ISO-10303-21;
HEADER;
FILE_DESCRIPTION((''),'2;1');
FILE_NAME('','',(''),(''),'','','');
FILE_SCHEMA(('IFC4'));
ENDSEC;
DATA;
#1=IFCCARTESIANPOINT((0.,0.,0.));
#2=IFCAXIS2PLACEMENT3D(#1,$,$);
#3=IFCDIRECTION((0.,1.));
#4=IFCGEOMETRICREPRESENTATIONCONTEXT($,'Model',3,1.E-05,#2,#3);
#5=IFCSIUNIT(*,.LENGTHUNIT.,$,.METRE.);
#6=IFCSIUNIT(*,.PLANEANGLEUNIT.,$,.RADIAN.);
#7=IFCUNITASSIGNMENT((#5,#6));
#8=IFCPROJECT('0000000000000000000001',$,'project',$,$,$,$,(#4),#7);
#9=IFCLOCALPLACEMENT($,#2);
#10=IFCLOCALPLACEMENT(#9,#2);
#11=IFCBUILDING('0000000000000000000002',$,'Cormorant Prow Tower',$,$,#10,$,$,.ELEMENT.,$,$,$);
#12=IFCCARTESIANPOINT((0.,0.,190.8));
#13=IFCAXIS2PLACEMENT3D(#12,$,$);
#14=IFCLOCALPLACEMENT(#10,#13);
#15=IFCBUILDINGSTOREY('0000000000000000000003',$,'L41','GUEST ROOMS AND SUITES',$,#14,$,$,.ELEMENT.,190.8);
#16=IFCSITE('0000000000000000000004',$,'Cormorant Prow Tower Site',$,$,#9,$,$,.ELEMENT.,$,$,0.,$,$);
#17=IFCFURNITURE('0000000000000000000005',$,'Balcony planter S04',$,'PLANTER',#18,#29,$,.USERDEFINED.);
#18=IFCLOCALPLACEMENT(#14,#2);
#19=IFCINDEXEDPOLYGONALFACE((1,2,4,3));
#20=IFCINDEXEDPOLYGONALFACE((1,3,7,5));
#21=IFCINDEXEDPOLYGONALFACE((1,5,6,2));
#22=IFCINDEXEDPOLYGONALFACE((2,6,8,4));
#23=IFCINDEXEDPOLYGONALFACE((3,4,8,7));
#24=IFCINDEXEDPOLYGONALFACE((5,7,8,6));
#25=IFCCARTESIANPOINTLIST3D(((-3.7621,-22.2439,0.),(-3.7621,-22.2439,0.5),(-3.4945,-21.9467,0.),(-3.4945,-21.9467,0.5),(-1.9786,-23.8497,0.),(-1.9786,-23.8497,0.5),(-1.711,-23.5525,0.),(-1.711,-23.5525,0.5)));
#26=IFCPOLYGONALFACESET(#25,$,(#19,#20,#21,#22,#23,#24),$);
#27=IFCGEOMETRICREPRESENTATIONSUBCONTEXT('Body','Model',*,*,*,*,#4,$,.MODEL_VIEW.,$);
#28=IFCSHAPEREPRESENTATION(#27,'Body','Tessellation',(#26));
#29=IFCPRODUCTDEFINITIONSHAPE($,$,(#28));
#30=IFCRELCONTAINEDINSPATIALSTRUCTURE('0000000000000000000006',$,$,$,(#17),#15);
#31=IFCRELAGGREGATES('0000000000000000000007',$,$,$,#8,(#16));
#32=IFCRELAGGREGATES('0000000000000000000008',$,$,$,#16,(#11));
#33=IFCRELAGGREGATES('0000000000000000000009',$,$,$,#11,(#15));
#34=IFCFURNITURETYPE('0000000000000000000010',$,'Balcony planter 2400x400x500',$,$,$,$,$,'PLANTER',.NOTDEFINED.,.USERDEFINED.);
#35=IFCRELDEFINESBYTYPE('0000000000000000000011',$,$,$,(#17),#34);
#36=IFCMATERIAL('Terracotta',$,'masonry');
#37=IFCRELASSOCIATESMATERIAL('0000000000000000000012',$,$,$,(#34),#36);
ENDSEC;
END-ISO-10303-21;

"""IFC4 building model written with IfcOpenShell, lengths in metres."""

from ifc_helpers import new_model, si_unit, direction, frame, origin, origin_2d, place, context, subcontext, project, spatial, rectangle, extrude, material, type_object, element, save


model = new_model("IFC4")

# Units and contexts
model_context = context("Model", 3, precision=1e-05, world=origin(), true_north=direction((0.0, 1.0)))
body_context = subcontext(model_context, "Body", "Model", "MODEL_VIEW")
ifc_project = project(units=[si_unit("LENGTHUNIT", "METRE"), si_unit("PLANEANGLEUNIT", "RADIAN")], contexts=[model_context])

# Site, building, storey
site_placement = place(None, origin())
site = spatial("IfcSite", under=ifc_project, at=site_placement, Name="Cormorant Prow Tower Site", CompositionType="ELEMENT", RefElevation=0.0)
building_placement = place(site_placement, origin())
building = spatial("IfcBuilding", under=site, at=building_placement, Name="Cormorant Prow Tower", CompositionType="ELEMENT")
storey_placement = place(building_placement, frame((0.0, 0.0, 190.8)))
storey = spatial("IfcBuildingStorey", under=building, at=storey_placement, Name="L41", Description="GUEST ROOMS AND SUITES", CompositionType="ELEMENT", Elevation=190.8)

# Furniture
ifc_material_1 = material(Name="Terracotta", Category="masonry")
furniture_type = type_object("IfcFurnitureType", Name="Balcony planter 2400x400x500", ElementType="PLANTER", AssemblyPlace="NOTDEFINED", PredefinedType="USERDEFINED", material=ifc_material_1)
furniture_placement = place(storey_placement, frame((-2.7366, -22.8982, 0.0), z_axis=(0.0, 0.0, 1.0), x_axis=(0.743145, -0.669131, 0.0)))
element("IfcFurniture", 1, at=furniture_placement, inside=storey, type_object=furniture_type, Name="Balcony planter S04", ObjectType="PLANTER", PredefinedType="USERDEFINED", context=body_context, shape_type="SweptSolid", body=[
    extrude(rectangle(XDim=2.3999, YDim=0.3999, at=origin_2d()), origin(), (0.0, 0.0, 1.0), 0.5),
])

save(model, "model.ifc")
